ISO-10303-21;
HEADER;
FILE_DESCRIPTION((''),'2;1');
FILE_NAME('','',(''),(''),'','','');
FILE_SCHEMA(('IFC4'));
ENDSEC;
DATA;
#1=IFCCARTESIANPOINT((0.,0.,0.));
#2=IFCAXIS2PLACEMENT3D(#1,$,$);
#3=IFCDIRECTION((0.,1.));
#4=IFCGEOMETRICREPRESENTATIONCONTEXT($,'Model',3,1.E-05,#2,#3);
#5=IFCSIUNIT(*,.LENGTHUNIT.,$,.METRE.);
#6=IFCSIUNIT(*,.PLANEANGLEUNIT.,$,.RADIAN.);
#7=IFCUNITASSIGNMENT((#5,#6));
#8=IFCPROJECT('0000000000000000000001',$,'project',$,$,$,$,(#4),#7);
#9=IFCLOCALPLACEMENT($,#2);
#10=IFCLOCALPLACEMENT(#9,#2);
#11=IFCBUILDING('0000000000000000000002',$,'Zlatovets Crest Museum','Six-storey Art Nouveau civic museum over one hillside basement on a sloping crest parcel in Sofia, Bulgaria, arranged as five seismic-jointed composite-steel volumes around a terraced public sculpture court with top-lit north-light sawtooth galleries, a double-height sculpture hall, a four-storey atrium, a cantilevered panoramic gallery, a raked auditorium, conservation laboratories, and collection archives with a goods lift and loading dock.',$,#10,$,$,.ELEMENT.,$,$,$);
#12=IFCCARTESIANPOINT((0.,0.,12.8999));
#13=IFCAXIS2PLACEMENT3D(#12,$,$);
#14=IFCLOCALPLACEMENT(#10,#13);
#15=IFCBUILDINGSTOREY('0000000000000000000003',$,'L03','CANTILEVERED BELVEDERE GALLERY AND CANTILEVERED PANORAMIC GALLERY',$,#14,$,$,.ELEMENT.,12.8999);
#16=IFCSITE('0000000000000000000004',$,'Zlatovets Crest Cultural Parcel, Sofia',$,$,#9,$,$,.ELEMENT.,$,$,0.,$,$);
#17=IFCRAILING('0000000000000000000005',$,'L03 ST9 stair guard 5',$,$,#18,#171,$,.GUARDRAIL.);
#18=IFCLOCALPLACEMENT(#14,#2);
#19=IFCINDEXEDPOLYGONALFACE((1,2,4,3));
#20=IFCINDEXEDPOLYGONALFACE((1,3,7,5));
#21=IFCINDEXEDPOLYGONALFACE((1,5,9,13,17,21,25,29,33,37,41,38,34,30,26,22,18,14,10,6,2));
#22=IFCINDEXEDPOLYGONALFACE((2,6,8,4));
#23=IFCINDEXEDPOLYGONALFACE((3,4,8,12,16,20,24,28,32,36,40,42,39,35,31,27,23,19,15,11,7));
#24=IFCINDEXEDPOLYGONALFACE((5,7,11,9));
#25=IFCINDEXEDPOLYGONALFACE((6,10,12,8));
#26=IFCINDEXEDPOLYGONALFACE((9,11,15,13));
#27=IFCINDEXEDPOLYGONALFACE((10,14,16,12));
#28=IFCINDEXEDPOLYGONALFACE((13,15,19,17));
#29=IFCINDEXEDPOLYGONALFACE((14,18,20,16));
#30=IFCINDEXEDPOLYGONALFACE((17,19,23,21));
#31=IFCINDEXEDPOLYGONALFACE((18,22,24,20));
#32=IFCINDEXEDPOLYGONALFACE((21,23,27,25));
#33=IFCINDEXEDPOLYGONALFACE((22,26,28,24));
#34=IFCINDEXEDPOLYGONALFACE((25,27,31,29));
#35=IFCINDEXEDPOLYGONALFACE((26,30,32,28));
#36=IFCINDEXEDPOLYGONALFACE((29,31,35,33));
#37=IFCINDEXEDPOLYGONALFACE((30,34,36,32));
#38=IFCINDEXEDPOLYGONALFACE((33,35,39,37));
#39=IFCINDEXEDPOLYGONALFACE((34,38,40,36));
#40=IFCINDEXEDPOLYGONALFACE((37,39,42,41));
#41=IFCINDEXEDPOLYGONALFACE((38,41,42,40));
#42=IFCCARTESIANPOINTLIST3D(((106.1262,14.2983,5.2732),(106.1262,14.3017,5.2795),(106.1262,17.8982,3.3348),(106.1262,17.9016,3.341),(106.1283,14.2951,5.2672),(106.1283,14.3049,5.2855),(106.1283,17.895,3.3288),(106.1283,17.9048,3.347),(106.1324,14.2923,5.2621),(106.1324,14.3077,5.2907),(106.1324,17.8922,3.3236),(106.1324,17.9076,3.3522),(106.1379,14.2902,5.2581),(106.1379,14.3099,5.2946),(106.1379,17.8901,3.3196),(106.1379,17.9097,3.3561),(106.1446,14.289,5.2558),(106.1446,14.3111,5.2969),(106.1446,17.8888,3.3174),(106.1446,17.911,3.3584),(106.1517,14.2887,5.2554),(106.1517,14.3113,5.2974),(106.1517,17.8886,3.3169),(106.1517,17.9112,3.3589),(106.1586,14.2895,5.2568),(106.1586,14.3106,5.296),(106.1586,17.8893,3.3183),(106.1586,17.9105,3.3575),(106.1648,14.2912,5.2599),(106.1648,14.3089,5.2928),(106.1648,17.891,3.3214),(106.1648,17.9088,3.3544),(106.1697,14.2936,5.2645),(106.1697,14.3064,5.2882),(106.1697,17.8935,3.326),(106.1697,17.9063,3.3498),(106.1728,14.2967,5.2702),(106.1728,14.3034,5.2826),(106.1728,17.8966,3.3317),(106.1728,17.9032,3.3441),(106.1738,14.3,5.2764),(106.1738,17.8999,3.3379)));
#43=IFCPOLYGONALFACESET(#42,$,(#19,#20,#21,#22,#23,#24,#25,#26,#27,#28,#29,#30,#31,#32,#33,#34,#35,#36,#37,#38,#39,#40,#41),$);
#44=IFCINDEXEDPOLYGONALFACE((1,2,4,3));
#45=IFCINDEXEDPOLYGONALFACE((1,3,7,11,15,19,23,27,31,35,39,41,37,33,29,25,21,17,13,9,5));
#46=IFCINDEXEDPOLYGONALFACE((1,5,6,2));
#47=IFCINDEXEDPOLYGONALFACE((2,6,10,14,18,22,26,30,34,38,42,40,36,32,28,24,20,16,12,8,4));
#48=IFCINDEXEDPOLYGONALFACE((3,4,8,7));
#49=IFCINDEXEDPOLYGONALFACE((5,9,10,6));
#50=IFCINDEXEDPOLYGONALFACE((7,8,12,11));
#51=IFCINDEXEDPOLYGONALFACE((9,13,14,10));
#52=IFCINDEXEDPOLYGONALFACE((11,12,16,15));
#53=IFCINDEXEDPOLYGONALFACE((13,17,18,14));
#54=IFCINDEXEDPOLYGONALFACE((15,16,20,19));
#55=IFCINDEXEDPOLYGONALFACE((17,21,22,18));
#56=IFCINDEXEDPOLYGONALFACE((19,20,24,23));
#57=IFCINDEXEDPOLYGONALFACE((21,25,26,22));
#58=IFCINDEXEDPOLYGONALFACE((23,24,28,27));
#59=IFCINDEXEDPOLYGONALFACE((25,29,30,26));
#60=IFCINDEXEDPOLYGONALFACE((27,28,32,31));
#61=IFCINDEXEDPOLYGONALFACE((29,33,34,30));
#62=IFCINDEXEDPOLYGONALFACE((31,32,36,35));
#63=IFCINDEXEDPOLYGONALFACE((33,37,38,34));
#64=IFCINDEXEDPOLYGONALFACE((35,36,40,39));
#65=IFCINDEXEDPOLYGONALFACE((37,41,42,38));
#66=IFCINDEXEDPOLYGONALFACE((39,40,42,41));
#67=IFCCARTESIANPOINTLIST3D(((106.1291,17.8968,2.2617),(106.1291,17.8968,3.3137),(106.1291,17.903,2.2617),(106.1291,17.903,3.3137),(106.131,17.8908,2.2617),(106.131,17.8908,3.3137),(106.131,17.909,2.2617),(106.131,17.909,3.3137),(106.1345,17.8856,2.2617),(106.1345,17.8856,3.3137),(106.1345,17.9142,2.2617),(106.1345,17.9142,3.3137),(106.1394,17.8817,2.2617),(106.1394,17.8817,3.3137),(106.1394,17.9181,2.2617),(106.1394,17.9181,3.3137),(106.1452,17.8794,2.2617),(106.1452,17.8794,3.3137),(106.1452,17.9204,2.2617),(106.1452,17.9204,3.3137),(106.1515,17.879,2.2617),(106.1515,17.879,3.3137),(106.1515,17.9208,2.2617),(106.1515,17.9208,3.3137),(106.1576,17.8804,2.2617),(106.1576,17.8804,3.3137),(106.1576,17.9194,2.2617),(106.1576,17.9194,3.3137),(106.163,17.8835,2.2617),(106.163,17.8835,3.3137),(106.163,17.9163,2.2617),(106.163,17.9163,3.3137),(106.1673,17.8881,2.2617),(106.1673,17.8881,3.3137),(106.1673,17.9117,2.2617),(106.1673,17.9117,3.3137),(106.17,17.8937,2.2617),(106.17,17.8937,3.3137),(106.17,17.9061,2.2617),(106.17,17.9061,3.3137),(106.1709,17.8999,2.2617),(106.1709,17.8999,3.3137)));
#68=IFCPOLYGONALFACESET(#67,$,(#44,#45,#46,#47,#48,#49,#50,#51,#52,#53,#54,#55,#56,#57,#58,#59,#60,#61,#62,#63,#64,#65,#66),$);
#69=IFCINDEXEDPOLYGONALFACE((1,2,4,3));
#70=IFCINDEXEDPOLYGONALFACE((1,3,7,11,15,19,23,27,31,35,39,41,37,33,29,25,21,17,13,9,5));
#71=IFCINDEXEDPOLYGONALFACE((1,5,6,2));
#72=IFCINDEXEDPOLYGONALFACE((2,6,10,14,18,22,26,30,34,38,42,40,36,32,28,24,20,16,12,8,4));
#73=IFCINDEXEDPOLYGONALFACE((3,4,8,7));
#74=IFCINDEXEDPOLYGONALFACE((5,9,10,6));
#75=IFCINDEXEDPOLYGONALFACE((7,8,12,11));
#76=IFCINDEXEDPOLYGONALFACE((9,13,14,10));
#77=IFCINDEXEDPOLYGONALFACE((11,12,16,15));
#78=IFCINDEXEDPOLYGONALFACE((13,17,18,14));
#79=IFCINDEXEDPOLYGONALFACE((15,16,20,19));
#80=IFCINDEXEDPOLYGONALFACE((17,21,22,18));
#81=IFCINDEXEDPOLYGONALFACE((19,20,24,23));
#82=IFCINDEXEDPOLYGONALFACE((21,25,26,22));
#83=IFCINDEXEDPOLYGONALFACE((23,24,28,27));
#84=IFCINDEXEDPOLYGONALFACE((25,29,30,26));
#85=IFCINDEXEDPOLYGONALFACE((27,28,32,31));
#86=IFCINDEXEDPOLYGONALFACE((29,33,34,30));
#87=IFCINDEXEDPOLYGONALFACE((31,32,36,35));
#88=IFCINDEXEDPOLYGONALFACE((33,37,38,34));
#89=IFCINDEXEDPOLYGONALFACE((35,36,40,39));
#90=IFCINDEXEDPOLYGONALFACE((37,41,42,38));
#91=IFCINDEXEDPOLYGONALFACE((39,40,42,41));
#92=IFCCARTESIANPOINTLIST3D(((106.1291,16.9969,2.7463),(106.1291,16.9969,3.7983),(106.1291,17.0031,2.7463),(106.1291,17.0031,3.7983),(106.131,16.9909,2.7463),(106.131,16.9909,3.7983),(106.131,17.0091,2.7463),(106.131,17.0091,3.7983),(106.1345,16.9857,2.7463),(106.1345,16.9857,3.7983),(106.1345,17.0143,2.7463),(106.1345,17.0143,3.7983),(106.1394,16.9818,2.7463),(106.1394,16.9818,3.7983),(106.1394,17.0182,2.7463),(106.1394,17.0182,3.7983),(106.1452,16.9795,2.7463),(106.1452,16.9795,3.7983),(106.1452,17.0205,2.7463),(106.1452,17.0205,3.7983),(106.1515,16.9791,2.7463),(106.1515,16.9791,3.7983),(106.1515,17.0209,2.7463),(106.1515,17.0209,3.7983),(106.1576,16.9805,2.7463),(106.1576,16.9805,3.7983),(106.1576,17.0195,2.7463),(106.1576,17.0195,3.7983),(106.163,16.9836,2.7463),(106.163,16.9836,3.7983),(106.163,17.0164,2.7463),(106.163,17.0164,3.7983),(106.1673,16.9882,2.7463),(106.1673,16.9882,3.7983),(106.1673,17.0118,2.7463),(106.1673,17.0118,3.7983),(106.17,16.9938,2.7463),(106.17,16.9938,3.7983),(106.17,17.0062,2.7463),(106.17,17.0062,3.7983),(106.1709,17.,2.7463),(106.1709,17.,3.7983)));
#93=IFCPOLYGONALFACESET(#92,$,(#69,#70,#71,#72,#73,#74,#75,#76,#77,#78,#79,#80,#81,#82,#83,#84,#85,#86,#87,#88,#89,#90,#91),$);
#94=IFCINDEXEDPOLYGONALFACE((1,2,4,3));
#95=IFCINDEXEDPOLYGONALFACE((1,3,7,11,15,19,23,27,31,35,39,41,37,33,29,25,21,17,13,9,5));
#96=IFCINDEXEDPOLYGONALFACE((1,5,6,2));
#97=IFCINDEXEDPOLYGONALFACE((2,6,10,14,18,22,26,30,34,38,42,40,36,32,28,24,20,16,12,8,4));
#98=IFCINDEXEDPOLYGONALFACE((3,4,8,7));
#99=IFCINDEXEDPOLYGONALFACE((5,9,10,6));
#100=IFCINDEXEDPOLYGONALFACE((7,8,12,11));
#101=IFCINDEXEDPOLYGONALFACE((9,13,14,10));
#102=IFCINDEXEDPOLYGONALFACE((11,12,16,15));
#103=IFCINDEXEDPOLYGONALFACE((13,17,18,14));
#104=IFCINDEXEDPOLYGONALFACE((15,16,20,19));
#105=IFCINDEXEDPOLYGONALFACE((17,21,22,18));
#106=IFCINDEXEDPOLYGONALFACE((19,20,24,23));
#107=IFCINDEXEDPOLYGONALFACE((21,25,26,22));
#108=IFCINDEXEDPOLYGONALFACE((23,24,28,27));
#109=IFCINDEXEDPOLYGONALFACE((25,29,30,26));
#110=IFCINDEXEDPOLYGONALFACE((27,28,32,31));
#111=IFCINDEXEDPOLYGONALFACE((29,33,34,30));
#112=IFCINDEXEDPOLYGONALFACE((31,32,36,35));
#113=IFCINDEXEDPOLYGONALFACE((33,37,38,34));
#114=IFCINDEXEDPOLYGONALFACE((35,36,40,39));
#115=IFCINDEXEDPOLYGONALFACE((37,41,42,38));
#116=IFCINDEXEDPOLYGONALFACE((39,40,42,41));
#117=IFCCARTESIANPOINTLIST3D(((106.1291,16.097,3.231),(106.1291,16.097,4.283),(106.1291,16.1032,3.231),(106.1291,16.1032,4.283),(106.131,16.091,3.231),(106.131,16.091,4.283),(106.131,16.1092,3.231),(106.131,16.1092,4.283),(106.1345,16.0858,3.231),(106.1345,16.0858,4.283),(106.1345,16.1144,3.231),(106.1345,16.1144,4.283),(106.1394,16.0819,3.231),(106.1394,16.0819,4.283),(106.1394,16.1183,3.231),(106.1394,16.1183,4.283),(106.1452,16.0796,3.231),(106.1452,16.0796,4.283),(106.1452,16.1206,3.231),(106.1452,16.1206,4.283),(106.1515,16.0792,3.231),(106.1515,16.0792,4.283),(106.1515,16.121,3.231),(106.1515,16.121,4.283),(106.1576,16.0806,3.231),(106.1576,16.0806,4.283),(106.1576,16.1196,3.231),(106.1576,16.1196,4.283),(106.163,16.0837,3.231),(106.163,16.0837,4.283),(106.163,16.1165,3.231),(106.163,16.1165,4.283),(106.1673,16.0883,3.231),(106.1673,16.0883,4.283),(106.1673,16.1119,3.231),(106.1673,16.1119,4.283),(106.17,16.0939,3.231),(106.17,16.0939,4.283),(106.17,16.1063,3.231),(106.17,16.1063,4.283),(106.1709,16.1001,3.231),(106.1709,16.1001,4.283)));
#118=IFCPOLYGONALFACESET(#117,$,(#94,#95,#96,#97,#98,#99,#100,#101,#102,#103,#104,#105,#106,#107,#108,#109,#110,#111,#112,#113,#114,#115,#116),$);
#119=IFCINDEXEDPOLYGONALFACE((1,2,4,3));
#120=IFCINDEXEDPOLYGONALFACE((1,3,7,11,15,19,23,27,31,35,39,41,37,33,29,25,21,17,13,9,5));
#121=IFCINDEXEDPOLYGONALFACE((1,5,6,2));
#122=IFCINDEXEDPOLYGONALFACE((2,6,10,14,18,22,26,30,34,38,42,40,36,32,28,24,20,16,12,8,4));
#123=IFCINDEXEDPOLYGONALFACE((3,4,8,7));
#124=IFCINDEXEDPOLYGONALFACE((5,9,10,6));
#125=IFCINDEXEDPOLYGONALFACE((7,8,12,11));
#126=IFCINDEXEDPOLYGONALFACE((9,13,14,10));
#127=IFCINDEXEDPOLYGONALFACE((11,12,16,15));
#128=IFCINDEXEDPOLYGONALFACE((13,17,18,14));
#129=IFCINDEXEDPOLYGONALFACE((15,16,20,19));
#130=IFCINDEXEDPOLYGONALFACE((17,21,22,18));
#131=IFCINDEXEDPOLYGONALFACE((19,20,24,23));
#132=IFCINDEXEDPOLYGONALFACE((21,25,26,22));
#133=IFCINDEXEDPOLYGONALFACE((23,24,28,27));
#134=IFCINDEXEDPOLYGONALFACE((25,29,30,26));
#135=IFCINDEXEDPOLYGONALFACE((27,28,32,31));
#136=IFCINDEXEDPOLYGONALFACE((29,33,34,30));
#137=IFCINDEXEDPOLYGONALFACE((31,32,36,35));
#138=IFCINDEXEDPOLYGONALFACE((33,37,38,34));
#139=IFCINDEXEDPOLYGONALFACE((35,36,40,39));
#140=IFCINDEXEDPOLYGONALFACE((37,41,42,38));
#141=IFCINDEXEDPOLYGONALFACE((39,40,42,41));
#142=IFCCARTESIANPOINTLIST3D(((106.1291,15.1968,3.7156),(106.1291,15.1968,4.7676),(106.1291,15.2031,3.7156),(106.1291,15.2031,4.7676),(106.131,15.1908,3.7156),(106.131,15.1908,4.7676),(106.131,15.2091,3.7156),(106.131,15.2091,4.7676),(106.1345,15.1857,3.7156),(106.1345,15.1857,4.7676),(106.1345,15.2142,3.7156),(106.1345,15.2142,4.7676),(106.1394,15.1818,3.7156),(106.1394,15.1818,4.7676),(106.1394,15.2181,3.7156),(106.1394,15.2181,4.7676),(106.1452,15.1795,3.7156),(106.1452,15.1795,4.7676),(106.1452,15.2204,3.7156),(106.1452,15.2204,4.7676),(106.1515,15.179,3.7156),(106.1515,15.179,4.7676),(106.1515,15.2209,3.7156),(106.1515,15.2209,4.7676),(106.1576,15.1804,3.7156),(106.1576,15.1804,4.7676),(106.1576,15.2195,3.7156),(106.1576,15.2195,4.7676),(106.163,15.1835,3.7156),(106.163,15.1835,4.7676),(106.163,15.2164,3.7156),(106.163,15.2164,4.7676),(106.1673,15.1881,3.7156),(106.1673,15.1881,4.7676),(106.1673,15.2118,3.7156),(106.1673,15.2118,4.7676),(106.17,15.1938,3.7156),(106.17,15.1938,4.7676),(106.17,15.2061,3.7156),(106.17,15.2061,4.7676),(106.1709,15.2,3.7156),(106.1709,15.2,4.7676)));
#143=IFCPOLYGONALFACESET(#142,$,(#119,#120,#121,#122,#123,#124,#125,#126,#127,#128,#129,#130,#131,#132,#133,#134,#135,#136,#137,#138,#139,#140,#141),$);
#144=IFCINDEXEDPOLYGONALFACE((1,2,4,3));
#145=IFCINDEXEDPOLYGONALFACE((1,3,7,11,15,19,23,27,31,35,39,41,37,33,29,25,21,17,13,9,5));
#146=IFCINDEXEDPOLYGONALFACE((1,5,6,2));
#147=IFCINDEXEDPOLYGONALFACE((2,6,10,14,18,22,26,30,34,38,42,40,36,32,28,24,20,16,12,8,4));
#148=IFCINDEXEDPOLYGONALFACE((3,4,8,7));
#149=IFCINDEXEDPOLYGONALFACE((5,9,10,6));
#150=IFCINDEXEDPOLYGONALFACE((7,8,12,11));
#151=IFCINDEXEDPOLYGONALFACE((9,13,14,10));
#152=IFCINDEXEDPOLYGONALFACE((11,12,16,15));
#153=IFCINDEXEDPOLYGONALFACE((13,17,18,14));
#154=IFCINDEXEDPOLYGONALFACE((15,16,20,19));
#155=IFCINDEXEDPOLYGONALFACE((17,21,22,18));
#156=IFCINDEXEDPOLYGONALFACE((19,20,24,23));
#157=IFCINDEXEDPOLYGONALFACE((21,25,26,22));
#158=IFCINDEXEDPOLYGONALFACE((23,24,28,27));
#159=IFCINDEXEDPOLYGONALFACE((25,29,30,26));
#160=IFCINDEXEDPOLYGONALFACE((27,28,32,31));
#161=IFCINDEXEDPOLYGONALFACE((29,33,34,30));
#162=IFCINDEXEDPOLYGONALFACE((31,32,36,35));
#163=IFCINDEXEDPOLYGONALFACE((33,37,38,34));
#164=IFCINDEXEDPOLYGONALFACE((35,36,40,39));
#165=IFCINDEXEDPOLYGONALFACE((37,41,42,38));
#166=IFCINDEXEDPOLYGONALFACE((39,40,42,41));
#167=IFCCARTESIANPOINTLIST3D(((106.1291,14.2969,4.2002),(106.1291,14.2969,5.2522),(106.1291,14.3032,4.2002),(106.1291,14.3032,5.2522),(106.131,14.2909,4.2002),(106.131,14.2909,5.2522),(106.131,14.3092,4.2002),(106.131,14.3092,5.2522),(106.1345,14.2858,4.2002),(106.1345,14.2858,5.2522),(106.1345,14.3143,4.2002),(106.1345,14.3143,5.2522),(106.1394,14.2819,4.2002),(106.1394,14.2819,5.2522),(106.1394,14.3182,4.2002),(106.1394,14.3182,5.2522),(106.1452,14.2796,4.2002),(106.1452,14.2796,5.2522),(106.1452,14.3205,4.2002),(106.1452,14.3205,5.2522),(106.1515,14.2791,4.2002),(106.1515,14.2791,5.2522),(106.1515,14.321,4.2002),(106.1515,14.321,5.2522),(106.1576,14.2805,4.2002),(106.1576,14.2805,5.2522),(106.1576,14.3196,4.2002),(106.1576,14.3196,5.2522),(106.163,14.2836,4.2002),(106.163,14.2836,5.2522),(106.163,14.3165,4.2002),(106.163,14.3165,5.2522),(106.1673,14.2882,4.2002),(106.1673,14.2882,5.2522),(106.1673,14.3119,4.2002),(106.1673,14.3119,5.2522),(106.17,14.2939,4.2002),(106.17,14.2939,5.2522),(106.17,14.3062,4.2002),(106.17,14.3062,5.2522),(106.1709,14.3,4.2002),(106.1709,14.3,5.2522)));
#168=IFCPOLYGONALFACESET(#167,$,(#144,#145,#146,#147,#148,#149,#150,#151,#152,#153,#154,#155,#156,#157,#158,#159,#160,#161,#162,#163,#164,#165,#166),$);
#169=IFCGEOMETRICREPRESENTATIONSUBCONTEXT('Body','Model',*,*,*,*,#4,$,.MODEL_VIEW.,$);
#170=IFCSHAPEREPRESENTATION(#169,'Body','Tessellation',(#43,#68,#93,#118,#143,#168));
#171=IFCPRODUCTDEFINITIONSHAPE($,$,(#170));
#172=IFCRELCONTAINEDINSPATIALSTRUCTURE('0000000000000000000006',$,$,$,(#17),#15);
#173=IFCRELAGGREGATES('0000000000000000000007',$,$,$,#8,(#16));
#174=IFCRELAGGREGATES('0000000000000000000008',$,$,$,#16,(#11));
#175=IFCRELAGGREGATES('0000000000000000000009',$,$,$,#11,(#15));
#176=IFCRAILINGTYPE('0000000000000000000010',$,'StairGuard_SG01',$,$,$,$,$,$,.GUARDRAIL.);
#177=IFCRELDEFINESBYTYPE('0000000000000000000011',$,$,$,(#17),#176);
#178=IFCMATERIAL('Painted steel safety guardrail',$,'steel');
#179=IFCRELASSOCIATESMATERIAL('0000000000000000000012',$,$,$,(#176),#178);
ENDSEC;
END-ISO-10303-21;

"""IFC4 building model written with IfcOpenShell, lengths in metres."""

from ifc_helpers import new_model, si_unit, direction, frame, origin, origin_2d, place, context, subcontext, project, spatial, circle, extrude, material, type_object, element, save


model = new_model("IFC4")

# Units and contexts
model_context = context("Model", 3, precision=1e-05, world=origin(), true_north=direction((0.0, 1.0)))
body_context = subcontext(model_context, "Body", "Model", "MODEL_VIEW")
ifc_project = project(units=[si_unit("LENGTHUNIT", "METRE"), si_unit("PLANEANGLEUNIT", "RADIAN")], contexts=[model_context])

# Site, building, storey
site_placement = place(None, origin())
site = spatial("IfcSite", under=ifc_project, at=site_placement, Name="Zlatovets Crest Cultural Parcel, Sofia", CompositionType="ELEMENT", RefElevation=0.0)
building_placement = place(site_placement, origin())
building = spatial("IfcBuilding", under=site, at=building_placement, Name="Zlatovets Crest Museum", Description="Six-storey Art Nouveau civic museum over one hillside basement on a sloping crest parcel in Sofia, Bulgaria, arranged as five seismic-jointed composite-steel volumes around a terraced public sculpture court with top-lit north-light sawtooth galleries, a double-height sculpture hall, a four-storey atrium, a cantilevered panoramic gallery, a raked auditorium, conservation laboratories, and collection archives with a goods lift and loading dock.", CompositionType="ELEMENT")
storey_placement = place(building_placement, frame((0.0, 0.0, 12.8999)))
storey = spatial("IfcBuildingStorey", under=building, at=storey_placement, Name="L03", Description="CANTILEVERED BELVEDERE GALLERY AND CANTILEVERED PANORAMIC GALLERY", CompositionType="ELEMENT", Elevation=12.8999)

# Railing
ifc_material_1 = material(Name="Painted steel safety guardrail", Category="steel")
railing_type_1 = type_object("IfcRailingType", Name="StairGuard_SG01", PredefinedType="GUARDRAIL", material=ifc_material_1)
railing_1_placement = place(storey_placement, frame((106.1499, 17.8999, 2.2617)))
element("IfcRailing", 1, at=railing_1_placement, inside=storey, type_object=railing_type_1, Name="L03 ST9 stair guard 5", PredefinedType="GUARDRAIL", context=body_context, shape_type="SweptSolid", body=[
    extrude(circle(Radius=0.0239, at=origin_2d()), frame((0.0, 0.0, 1.0762), z_axis=(0.0, -0.880462, 0.474118), x_axis=(1.0, 0.0, 0.0)), (0.0, 0.0, 1.0), 4.0886),
    extrude(circle(Radius=0.021, at=origin_2d()), origin(), (0.0, 0.0, 1.0), 1.052),
    extrude(circle(Radius=0.021, at=origin_2d()), frame((0.0, -0.8999, 0.4846)), (0.0, 0.0, 1.0), 1.052),
    extrude(circle(Radius=0.021, at=origin_2d()), frame((0.0, -1.7998, 0.9692)), (0.0, 0.0, 1.0), 1.052),
    extrude(circle(Radius=0.021, at=origin_2d()), frame((0.0, -2.7, 1.4539)), (0.0, 0.0, 1.0), 1.052),
    extrude(circle(Radius=0.021, at=origin_2d()), frame((0.0, -3.5999, 1.9385)), (0.0, 0.0, 1.0), 1.052),
])

save(model, "model.ifc")
